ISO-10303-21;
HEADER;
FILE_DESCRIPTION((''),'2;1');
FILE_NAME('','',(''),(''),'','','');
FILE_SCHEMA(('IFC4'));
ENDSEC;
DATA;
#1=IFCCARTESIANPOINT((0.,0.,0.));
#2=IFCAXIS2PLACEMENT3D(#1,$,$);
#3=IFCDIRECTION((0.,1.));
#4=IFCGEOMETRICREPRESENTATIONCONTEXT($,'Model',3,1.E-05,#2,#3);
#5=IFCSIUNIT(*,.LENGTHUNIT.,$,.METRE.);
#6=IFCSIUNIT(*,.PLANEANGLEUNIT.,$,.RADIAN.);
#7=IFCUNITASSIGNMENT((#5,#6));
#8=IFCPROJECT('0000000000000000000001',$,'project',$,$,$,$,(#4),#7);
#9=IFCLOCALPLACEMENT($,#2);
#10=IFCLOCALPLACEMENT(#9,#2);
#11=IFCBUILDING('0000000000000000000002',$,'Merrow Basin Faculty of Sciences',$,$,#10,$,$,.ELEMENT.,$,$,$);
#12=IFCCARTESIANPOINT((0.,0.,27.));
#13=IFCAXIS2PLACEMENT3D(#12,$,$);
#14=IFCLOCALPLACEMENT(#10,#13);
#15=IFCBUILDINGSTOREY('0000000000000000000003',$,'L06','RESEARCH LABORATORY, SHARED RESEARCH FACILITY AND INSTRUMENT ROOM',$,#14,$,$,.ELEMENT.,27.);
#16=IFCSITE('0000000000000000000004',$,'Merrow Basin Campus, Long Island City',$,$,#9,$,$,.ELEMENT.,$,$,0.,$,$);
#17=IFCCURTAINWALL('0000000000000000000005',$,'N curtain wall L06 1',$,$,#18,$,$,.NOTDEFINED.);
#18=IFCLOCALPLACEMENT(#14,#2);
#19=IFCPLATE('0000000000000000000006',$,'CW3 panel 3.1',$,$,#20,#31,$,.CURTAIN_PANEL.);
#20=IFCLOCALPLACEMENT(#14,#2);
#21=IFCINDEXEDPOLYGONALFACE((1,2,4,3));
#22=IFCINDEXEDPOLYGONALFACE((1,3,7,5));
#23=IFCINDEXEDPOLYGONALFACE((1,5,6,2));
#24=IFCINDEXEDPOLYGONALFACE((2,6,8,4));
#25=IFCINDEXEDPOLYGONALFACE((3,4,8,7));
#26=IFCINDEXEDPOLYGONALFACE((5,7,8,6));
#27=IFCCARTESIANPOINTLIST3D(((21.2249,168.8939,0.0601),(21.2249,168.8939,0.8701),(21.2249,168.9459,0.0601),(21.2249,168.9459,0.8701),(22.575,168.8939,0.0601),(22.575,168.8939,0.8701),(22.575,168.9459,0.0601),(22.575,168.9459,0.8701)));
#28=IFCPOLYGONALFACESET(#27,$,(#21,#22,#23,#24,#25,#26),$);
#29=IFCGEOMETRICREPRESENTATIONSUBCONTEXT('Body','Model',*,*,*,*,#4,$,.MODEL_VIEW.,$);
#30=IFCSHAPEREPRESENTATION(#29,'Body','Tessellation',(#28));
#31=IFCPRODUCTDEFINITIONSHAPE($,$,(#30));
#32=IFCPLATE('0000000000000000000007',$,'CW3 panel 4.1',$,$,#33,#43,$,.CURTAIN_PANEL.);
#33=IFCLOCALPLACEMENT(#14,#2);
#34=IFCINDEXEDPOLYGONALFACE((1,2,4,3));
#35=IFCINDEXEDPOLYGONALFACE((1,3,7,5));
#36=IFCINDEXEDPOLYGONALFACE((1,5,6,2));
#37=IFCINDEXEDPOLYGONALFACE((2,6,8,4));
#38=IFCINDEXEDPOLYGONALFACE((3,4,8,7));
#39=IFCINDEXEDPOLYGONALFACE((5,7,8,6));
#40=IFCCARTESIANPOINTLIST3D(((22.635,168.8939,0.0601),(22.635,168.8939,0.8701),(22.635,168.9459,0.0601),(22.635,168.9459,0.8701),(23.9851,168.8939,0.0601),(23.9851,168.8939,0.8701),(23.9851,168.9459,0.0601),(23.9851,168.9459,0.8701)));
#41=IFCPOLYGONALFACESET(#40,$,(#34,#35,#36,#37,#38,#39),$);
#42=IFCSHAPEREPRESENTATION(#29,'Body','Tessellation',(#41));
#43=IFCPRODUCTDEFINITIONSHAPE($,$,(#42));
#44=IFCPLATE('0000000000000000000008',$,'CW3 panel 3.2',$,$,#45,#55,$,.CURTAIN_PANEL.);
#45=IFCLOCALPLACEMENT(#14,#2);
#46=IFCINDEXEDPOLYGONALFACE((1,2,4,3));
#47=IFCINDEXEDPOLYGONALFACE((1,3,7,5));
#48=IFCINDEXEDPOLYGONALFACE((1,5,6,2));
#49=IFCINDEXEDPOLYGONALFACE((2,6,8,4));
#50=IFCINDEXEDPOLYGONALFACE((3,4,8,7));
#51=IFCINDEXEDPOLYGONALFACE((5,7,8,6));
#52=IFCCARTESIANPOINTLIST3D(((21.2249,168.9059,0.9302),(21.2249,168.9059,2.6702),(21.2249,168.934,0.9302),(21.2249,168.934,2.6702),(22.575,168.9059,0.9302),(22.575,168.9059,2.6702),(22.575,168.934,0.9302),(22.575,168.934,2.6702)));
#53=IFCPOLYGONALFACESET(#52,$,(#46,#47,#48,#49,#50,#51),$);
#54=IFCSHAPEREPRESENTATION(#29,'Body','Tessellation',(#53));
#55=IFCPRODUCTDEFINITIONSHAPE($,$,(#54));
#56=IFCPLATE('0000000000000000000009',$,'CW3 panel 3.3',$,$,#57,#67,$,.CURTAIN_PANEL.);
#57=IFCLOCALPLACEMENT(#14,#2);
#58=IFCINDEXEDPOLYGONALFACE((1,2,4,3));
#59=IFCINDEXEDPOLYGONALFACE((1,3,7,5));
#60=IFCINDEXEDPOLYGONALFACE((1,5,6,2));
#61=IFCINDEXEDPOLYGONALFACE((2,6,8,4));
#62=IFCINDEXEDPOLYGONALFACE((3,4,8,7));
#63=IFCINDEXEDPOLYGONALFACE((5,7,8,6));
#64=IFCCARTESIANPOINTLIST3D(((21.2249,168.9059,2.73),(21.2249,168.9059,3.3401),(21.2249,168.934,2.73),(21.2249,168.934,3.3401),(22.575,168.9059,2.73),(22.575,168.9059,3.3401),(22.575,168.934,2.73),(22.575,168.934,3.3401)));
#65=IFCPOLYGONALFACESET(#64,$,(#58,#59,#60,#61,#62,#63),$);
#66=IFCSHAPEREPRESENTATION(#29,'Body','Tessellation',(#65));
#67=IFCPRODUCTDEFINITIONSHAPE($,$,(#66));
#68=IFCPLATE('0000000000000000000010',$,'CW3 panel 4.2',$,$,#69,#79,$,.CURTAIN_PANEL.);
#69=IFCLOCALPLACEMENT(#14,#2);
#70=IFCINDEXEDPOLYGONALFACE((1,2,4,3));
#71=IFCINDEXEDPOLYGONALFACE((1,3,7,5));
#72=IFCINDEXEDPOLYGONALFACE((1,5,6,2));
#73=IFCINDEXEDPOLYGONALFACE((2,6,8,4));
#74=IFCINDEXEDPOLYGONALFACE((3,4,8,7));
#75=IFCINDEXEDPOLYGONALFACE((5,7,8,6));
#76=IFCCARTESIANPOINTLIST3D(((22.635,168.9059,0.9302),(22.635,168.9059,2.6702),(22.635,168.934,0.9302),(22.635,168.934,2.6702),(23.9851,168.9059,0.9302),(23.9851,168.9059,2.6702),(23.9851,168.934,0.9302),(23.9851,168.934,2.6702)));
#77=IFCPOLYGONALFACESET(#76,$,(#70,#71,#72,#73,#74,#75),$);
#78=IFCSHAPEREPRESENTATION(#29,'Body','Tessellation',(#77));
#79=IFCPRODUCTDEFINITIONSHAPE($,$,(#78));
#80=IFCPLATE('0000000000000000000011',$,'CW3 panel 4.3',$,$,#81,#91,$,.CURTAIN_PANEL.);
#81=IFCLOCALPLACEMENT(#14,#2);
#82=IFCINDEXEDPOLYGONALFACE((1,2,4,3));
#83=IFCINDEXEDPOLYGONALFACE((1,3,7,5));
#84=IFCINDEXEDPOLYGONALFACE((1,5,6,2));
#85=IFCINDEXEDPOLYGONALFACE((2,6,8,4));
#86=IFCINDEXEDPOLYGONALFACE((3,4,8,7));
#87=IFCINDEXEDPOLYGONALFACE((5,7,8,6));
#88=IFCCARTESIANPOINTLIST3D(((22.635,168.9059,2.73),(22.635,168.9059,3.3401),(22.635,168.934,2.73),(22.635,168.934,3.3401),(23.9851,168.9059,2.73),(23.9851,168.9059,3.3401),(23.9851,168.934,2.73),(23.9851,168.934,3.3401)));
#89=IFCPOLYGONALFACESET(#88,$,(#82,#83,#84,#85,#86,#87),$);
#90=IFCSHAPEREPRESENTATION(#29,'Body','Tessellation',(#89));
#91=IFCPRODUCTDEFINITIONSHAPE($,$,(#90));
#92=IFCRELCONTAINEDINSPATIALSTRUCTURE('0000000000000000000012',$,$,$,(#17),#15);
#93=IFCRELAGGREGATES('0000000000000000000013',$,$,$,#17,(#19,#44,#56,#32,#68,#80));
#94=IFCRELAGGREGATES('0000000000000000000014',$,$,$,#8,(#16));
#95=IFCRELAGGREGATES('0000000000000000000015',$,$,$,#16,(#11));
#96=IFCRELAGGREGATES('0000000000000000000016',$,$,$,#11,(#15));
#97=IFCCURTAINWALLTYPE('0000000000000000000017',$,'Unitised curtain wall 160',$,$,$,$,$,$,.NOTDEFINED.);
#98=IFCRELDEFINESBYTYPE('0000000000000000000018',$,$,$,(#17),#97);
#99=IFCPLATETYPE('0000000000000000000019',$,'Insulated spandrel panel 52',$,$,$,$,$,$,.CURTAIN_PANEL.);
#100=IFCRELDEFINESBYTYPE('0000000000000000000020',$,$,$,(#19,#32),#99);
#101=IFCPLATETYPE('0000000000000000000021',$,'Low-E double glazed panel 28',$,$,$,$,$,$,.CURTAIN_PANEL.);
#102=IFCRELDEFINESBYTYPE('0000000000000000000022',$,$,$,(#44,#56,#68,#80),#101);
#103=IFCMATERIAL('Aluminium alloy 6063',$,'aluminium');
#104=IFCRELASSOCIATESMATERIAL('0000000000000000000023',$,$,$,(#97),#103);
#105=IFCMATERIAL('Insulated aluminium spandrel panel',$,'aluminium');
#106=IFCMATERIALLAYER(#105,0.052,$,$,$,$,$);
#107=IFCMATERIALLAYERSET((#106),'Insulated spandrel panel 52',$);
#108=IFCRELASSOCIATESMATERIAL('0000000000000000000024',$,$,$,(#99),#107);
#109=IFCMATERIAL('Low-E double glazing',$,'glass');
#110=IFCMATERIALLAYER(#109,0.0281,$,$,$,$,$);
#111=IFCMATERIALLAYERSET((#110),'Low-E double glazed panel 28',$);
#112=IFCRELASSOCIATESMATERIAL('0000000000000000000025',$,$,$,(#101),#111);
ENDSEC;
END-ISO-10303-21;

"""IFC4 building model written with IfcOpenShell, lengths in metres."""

from ifc_helpers import new_model, si_unit, direction, frame, origin, origin_2d, place, context, subcontext, project, spatial, rectangle, extrude, material, layer, layer_set, type_object, element, aggregate, save


model = new_model("IFC4")

# Units and contexts
model_context = context("Model", 3, precision=1e-05, world=origin(), true_north=direction((0.0, 1.0)))
body_context = subcontext(model_context, "Body", "Model", "MODEL_VIEW")
ifc_project = project(units=[si_unit("LENGTHUNIT", "METRE"), si_unit("PLANEANGLEUNIT", "RADIAN")], contexts=[model_context])

# Site, building, storey
site_placement = place(None, origin())
site = spatial("IfcSite", under=ifc_project, at=site_placement, Name="Merrow Basin Campus, Long Island City", CompositionType="ELEMENT", RefElevation=0.0)
building_placement = place(site_placement, origin())
building = spatial("IfcBuilding", under=site, at=building_placement, Name="Merrow Basin Faculty of Sciences", CompositionType="ELEMENT")
storey_placement = place(building_placement, frame((0.0, 0.0, 27.0)))
storey = spatial("IfcBuildingStorey", under=building, at=storey_placement, Name="L06", Description="RESEARCH LABORATORY, SHARED RESEARCH FACILITY AND INSTRUMENT ROOM", CompositionType="ELEMENT", Elevation=27.0)

# Curtain wall
ifc_material_1 = material(Name="Aluminium alloy 6063", Category="aluminium")
curtain_wall_type = type_object("IfcCurtainWallType", Name="Unitised curtain wall 160", PredefinedType="NOTDEFINED", material=ifc_material_1)
curtain_wall_placement = place(storey_placement, origin())
curtain_wall = element("IfcCurtainWall", 1, at=curtain_wall_placement, inside=storey, type_object=curtain_wall_type, Name="N curtain wall L06 1", PredefinedType="NOTDEFINED")

# Plates
ifc_material_2 = material(Name="Insulated aluminium spandrel panel", Category="aluminium")
ifc_layer_1 = layer(ifc_material_2, 0.052)
ifc_layer_set_1 = layer_set([ifc_layer_1], Name="Insulated spandrel panel 52")
plate_type_1 = type_object("IfcPlateType", Name="Insulated spandrel panel 52", PredefinedType="CURTAIN_PANEL", material=ifc_layer_set_1)
plate_1_placement = place(storey_placement, frame((21.8999, 168.9199, 0.0601), z_axis=(0.0, 0.0, 1.0), x_axis=(1.0, 0.0, 0.0)))
plate_1 = element("IfcPlate", 2, at=plate_1_placement, type_object=plate_type_1, Name="CW3 panel 3.1", PredefinedType="CURTAIN_PANEL", context=body_context, shape_type="SweptSolid", body=[
    extrude(rectangle(XDim=1.3501, YDim=0.052, at=origin_2d()), origin(), (0.0, 0.0, 1.0), 0.8101),
])
plate_2_placement = place(storey_placement, frame((23.3101, 168.9199, 0.0601), z_axis=(0.0, 0.0, 1.0), x_axis=(1.0, 0.0, 0.0)))
plate_2 = element("IfcPlate", 3, at=plate_2_placement, type_object=plate_type_1, Name="CW3 panel 4.1", PredefinedType="CURTAIN_PANEL", context=body_context, shape_type="SweptSolid", body=[
    extrude(rectangle(XDim=1.3501, YDim=0.052, at=origin_2d()), origin(), (0.0, 0.0, 1.0), 0.8101),
])
ifc_material_3 = material(Name="Low-E double glazing", Category="glass")
ifc_layer_2 = layer(ifc_material_3, 0.0281)
ifc_layer_set_2 = layer_set([ifc_layer_2], Name="Low-E double glazed panel 28")
plate_type_2 = type_object("IfcPlateType", Name="Low-E double glazed panel 28", PredefinedType="CURTAIN_PANEL", material=ifc_layer_set_2)
plate_3_placement = place(storey_placement, frame((21.8999, 168.9199, 0.9302), z_axis=(0.0, 0.0, 1.0), x_axis=(1.0, 0.0, 0.0)))
plate_3 = element("IfcPlate", 4, at=plate_3_placement, type_object=plate_type_2, Name="CW3 panel 3.2", PredefinedType="CURTAIN_PANEL", context=body_context, shape_type="SweptSolid", body=[
    extrude(rectangle(XDim=1.3501, YDim=0.0281, at=origin_2d()), origin(), (0.0, 0.0, 1.0), 1.74),
])
plate_4_placement = place(storey_placement, frame((21.8999, 168.9199, 2.73), z_axis=(0.0, 0.0, 1.0), x_axis=(1.0, 0.0, 0.0)))
plate_4 = element("IfcPlate", 5, at=plate_4_placement, type_object=plate_type_2, Name="CW3 panel 3.3", PredefinedType="CURTAIN_PANEL", context=body_context, shape_type="SweptSolid", body=[
    extrude(rectangle(XDim=1.3501, YDim=0.0281, at=origin_2d()), origin(), (0.0, 0.0, 1.0), 0.6101),
])
plate_5_placement = place(storey_placement, frame((23.3101, 168.9199, 0.9302), z_axis=(0.0, 0.0, 1.0), x_axis=(1.0, 0.0, 0.0)))
plate_5 = element("IfcPlate", 6, at=plate_5_placement, type_object=plate_type_2, Name="CW3 panel 4.2", PredefinedType="CURTAIN_PANEL", context=body_context, shape_type="SweptSolid", body=[
    extrude(rectangle(XDim=1.3501, YDim=0.0281, at=origin_2d()), origin(), (0.0, 0.0, 1.0), 1.74),
])
plate_6_placement = place(storey_placement, frame((23.3101, 168.9199, 2.73), z_axis=(0.0, 0.0, 1.0), x_axis=(1.0, 0.0, 0.0)))
plate_6 = element("IfcPlate", 7, at=plate_6_placement, type_object=plate_type_2, Name="CW3 panel 4.3", PredefinedType="CURTAIN_PANEL", context=body_context, shape_type="SweptSolid", body=[
    extrude(rectangle(XDim=1.3501, YDim=0.0281, at=origin_2d()), origin(), (0.0, 0.0, 1.0), 0.6101),
])
aggregate(curtain_wall, [plate_1, plate_3, plate_4, plate_2, plate_5, plate_6])

save(model, "model.ifc")
